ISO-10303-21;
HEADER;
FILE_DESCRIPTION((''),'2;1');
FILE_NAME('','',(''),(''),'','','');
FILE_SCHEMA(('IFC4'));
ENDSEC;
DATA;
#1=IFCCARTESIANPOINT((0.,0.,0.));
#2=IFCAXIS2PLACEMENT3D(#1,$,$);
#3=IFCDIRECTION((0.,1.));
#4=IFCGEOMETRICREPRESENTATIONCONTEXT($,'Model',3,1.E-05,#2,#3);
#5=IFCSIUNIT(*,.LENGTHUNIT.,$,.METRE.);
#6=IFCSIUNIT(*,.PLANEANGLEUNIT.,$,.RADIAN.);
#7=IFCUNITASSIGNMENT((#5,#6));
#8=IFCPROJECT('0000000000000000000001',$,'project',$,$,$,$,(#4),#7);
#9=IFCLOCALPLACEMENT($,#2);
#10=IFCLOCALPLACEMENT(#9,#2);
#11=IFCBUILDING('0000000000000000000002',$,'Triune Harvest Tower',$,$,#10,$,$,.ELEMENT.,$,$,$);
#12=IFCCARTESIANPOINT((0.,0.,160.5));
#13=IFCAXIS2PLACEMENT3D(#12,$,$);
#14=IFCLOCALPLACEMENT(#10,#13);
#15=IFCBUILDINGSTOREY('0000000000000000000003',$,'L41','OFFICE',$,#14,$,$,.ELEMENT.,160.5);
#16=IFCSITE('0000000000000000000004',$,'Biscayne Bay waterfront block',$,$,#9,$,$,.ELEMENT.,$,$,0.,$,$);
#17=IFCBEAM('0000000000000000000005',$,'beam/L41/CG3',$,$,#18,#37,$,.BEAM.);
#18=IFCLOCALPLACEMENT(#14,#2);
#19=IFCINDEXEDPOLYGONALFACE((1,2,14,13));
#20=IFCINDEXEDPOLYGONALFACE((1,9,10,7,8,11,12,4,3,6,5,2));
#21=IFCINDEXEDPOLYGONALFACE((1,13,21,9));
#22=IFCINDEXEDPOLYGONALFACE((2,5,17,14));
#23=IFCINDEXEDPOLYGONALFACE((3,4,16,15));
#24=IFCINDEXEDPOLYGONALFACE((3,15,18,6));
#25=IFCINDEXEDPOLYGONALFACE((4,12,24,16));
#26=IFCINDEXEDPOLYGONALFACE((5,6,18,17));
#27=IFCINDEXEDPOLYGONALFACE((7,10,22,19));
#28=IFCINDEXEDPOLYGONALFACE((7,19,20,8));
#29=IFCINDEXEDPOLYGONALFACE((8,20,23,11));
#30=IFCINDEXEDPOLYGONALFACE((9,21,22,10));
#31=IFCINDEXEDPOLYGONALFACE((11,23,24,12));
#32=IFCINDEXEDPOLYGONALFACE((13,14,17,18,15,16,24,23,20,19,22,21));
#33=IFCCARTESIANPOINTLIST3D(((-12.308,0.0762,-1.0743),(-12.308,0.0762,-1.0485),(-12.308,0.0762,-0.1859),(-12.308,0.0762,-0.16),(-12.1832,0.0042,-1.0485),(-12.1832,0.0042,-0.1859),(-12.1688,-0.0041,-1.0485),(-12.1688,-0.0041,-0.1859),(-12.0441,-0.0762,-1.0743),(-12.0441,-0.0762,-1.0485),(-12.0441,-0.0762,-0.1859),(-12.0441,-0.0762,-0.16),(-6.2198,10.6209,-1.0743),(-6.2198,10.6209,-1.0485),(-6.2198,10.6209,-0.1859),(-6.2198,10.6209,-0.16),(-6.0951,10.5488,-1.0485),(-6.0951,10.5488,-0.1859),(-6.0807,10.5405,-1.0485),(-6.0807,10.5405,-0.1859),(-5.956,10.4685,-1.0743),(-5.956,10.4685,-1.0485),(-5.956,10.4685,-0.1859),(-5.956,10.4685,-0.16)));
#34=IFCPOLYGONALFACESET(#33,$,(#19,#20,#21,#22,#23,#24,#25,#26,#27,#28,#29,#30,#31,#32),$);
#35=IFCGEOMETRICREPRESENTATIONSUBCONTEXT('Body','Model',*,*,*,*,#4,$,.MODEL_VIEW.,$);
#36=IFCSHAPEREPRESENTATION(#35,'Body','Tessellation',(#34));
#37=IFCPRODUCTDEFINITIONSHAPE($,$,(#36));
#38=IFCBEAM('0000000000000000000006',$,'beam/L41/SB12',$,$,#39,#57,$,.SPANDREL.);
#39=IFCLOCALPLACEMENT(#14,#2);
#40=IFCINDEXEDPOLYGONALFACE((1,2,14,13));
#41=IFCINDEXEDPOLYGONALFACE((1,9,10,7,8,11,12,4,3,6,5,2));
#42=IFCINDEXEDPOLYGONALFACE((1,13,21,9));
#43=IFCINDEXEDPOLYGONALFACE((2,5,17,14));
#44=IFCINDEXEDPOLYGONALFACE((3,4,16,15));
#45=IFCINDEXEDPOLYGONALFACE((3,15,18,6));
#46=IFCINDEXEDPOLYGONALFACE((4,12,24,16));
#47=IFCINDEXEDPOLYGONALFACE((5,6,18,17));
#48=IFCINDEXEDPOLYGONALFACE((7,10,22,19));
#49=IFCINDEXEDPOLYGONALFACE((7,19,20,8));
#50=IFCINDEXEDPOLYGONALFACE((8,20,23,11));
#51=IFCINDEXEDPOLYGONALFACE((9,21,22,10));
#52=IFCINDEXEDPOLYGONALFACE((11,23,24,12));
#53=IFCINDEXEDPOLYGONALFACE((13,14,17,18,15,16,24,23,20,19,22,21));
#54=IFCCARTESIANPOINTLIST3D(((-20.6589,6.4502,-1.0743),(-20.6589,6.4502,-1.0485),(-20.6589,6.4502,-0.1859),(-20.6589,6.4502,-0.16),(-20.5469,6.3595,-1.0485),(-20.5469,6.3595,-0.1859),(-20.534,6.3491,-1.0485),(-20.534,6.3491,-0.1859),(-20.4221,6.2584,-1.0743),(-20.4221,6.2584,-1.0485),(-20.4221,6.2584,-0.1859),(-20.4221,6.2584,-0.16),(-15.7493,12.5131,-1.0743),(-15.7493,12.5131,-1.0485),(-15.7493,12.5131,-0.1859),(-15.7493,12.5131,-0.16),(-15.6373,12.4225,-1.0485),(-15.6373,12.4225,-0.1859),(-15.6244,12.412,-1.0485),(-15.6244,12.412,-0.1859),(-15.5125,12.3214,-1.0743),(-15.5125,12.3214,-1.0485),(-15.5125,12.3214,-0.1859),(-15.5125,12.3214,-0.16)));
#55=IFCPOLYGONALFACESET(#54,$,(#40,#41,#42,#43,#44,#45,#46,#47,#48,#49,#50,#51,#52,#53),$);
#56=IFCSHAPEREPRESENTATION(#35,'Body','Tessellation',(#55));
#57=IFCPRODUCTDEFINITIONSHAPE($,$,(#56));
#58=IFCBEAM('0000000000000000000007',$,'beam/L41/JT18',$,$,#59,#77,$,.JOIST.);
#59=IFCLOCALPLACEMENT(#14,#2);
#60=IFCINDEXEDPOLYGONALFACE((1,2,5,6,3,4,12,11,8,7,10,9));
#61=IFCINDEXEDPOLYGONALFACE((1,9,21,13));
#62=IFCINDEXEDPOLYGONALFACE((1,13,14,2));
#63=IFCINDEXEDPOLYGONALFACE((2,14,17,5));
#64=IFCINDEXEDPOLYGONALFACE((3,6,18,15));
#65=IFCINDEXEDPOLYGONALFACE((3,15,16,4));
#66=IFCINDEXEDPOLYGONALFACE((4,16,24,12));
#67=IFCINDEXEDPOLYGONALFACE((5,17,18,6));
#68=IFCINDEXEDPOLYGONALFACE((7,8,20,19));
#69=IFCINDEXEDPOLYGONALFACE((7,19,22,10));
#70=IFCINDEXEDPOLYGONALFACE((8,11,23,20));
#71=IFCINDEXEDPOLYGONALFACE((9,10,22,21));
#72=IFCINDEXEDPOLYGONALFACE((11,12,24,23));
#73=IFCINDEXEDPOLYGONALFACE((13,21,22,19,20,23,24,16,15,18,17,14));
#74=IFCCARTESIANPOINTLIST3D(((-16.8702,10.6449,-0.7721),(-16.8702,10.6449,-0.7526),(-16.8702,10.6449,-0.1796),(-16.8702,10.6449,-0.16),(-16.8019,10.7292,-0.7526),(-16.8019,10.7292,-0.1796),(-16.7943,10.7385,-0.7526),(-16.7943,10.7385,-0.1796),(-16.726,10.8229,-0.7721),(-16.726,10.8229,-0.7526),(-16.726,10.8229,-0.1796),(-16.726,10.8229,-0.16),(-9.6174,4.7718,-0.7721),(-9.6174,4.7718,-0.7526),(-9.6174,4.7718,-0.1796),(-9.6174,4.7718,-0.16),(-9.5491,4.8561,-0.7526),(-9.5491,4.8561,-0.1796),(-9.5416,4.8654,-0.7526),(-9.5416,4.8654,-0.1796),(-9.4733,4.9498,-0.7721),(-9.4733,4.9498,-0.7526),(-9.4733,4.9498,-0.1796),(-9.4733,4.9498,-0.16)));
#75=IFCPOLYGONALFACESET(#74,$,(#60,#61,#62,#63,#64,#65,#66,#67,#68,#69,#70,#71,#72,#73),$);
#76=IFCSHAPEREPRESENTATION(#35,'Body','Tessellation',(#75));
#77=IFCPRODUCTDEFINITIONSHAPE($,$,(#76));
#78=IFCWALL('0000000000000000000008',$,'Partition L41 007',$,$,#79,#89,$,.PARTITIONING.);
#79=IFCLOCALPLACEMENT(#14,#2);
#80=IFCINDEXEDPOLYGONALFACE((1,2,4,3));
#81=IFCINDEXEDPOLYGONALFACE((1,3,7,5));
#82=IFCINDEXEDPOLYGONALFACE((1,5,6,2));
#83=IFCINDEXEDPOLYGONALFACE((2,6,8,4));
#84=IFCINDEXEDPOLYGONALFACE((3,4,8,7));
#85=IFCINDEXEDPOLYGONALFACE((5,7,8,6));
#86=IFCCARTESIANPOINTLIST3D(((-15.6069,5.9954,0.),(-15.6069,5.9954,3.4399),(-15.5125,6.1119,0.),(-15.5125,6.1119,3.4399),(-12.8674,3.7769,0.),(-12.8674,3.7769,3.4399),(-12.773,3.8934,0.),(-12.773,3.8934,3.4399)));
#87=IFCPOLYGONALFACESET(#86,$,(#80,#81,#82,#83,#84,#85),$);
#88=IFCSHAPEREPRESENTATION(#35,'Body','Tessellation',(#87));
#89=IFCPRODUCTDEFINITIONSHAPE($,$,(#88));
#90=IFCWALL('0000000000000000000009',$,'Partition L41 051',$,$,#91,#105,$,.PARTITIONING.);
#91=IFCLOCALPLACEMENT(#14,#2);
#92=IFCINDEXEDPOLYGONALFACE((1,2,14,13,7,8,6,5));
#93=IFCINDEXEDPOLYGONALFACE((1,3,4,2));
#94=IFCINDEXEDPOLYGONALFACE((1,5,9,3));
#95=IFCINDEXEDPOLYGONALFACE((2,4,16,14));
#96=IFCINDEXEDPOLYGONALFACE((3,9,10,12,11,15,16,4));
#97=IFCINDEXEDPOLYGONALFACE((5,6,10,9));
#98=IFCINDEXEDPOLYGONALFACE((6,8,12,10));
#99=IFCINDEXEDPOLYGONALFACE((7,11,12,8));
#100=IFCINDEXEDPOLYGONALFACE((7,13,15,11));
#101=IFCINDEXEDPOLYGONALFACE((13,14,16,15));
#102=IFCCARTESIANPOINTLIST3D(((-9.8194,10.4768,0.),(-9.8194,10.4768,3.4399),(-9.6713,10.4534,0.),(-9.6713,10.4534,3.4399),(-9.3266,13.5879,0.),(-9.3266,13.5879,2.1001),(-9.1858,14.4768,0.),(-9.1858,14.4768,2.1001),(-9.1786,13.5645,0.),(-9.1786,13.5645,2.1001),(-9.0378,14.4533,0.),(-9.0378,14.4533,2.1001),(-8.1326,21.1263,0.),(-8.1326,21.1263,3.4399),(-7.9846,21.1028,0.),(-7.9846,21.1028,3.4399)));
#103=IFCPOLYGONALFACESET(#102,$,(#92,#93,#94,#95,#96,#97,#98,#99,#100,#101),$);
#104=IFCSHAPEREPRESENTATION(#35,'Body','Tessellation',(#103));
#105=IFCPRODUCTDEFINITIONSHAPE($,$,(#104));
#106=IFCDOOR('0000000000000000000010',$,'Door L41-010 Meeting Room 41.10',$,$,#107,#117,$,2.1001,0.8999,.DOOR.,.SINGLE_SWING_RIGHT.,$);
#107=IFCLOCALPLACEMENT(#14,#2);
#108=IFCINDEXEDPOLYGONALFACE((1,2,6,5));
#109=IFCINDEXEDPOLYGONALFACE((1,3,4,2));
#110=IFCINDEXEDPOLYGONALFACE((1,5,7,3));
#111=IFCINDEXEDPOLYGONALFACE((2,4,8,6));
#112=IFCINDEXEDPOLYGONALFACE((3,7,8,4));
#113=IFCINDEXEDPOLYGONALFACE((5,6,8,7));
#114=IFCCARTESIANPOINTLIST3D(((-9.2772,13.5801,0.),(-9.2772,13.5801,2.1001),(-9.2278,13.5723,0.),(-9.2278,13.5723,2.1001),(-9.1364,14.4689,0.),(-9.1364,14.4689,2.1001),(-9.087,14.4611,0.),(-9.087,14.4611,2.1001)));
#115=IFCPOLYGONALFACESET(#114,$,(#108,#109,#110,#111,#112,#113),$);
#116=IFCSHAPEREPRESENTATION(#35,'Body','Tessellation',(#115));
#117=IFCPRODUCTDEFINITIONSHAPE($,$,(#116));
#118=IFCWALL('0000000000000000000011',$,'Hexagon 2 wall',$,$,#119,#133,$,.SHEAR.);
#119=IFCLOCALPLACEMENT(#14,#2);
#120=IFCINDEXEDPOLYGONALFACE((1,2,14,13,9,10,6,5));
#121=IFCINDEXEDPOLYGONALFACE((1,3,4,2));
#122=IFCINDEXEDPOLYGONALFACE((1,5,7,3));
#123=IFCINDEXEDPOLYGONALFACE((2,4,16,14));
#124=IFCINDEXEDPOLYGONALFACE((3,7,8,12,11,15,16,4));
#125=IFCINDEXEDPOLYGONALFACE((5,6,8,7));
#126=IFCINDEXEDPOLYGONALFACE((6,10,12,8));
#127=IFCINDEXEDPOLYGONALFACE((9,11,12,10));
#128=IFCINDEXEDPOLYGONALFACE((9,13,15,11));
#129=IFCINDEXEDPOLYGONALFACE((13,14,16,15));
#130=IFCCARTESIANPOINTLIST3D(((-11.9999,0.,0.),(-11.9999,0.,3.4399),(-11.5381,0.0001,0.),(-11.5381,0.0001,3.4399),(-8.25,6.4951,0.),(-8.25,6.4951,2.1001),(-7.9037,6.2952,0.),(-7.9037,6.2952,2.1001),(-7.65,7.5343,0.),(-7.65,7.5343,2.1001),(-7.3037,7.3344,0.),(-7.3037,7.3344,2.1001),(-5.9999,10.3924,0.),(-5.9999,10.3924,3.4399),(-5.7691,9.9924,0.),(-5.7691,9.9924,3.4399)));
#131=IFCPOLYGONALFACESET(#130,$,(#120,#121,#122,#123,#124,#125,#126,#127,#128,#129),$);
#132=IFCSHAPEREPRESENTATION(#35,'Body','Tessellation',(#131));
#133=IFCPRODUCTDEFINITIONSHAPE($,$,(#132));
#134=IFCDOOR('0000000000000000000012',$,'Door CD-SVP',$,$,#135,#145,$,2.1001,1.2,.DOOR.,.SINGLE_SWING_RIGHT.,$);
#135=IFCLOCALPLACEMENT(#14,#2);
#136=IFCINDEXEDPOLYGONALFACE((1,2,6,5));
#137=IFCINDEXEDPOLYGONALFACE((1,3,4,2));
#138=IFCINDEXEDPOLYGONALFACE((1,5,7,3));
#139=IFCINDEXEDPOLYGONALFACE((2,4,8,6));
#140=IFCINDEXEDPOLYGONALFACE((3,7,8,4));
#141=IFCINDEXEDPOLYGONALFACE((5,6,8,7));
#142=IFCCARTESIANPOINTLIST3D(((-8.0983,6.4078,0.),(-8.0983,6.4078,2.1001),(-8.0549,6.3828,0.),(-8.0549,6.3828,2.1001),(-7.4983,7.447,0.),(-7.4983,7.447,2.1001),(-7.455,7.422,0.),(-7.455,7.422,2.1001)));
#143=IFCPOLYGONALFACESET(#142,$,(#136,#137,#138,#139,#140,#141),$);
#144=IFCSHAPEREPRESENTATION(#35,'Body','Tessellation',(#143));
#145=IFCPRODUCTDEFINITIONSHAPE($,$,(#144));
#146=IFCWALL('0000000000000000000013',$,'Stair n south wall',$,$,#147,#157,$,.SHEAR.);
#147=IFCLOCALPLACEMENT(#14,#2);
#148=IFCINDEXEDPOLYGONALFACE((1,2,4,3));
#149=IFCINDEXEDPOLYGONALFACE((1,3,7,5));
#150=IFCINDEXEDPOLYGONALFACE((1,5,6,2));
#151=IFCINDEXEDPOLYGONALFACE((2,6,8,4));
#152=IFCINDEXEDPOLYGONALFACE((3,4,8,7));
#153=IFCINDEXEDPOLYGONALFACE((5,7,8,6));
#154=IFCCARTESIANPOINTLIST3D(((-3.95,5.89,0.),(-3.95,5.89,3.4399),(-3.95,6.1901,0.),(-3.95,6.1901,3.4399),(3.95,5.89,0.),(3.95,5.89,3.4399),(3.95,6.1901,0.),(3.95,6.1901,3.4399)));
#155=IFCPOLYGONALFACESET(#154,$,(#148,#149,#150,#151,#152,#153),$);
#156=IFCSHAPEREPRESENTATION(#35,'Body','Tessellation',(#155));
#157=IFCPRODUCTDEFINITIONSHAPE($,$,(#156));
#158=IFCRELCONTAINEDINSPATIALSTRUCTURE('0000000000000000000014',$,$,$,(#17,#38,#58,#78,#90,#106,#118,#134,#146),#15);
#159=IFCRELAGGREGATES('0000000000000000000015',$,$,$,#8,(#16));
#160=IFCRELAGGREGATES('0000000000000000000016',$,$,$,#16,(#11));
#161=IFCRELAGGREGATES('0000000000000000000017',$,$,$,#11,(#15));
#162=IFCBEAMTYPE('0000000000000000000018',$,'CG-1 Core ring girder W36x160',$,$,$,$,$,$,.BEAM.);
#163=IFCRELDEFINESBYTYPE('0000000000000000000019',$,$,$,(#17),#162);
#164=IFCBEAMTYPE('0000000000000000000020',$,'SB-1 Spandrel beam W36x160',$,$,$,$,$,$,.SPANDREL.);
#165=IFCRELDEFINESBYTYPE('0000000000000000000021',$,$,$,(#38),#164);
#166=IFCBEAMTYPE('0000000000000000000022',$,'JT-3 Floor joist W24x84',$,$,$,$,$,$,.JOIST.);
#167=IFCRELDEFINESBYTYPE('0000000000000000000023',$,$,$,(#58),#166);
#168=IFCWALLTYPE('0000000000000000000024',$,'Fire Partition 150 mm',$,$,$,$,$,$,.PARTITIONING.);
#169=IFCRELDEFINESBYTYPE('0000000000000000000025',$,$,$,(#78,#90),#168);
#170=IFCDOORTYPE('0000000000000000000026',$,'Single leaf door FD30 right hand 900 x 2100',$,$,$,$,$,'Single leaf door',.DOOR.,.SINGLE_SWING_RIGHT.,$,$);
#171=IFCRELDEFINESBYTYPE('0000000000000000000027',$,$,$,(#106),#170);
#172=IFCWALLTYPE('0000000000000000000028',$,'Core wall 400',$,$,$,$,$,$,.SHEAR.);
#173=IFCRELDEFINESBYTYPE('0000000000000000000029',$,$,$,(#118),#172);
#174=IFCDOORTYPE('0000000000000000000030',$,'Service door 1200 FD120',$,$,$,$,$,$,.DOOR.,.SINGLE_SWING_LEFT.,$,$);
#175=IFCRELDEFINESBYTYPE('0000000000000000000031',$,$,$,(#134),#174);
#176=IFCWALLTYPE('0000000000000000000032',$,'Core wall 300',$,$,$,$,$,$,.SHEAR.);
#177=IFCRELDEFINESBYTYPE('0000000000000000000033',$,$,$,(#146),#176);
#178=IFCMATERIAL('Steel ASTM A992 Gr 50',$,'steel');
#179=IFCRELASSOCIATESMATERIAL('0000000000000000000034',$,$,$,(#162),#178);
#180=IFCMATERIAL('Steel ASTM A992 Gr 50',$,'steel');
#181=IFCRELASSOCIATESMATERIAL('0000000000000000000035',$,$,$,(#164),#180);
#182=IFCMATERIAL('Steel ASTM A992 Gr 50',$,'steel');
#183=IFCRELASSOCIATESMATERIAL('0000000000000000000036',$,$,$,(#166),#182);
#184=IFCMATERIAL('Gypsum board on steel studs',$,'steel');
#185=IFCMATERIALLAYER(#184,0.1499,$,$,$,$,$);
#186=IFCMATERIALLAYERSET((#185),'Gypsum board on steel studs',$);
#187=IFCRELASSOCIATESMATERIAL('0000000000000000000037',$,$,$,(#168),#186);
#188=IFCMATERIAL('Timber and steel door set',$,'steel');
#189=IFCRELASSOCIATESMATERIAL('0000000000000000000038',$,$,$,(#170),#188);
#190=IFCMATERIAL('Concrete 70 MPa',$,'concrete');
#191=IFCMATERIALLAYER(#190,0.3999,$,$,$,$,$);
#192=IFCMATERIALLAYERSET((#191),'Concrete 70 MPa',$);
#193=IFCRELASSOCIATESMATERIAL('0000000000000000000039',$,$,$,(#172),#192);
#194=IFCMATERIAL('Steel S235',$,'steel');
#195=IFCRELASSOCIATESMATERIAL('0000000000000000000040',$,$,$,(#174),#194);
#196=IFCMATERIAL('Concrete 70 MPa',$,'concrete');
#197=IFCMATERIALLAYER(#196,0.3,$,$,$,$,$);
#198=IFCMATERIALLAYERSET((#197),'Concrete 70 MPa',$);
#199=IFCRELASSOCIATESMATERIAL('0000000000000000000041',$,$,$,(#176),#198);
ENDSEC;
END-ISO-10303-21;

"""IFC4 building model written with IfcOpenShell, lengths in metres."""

from ifc_helpers import new_model, si_unit, direction, frame, frame_2d, origin, origin_2d, place, context, subcontext, project, spatial, polyline, rectangle, i_section, outline, extrude, source, transform, mapped, material, layer, layer_set, material_profile, profile_set, type_object, element, fill, save


model = new_model("IFC4")

# Units and contexts
model_context = context("Model", 3, precision=1e-05, world=origin(), true_north=direction((0.0, 1.0)))
body_context = subcontext(model_context, "Body", "Model", "MODEL_VIEW")
ifc_project = project(units=[si_unit("LENGTHUNIT", "METRE"), si_unit("PLANEANGLEUNIT", "RADIAN")], contexts=[model_context])

# Site, building, storey
site_placement = place(None, origin())
site = spatial("IfcSite", under=ifc_project, at=site_placement, Name="Biscayne Bay waterfront block", CompositionType="ELEMENT", RefElevation=0.0)
building_placement = place(site_placement, origin())
building = spatial("IfcBuilding", under=site, at=building_placement, Name="Triune Harvest Tower", CompositionType="ELEMENT")
storey_placement = place(building_placement, frame((0.0, 0.0, 160.5)))
storey = spatial("IfcBuildingStorey", under=building, at=storey_placement, Name="L41", Description="OFFICE", CompositionType="ELEMENT", Elevation=160.5)

# Beams
ifc_material_1 = material(Name="Steel ASTM A992 Gr 50", Category="steel")
ifc_material_profile_1 = material_profile(ifc_material_1, i_section(OverallWidth=0.3047, OverallDepth=0.9143, WebThickness=0.0166, FlangeThickness=0.0259, at=origin_2d()), Name="W36x160")
ifc_profile_set_1 = profile_set([ifc_material_profile_1], Name="Steel ASTM A992 Gr 50")
beam_type_1 = type_object("IfcBeamType", Name="CG-1 Core ring girder W36x160", PredefinedType="BEAM", material=ifc_profile_set_1)
shared_shape_1 = source(origin(), body_context, "Body", "SweptSolid", [
    extrude(i_section(OverallWidth=0.3047, OverallDepth=0.9143, WebThickness=0.0166, FlangeThickness=0.0259, at=origin_2d()), origin(), (0.0, 0.0, 1.0), 12.176),
])
beam_1_placement = place(storey_placement, frame((-6.0879, 10.5447, -0.6172), z_axis=(-0.50001, -0.86602, 0.0), x_axis=(0.86602, -0.50001, 0.0)))
element("IfcBeam", 1, at=beam_1_placement, inside=storey, type_object=beam_type_1, Name="beam/L41/CG3", PredefinedType="BEAM", context=body_context, shape_type="MappedRepresentation", body=[
    mapped(shared_shape_1, transform((0.0, 0.0, 0.0), scale=1.0)),
])
ifc_material_2 = material(Name="Steel ASTM A992 Gr 50", Category="steel")
ifc_material_profile_2 = material_profile(ifc_material_2, i_section(OverallWidth=0.3047, OverallDepth=0.9143, WebThickness=0.0166, FlangeThickness=0.0259, at=origin_2d()), Name="W36x160")
ifc_profile_set_2 = profile_set([ifc_material_profile_2], Name="Steel ASTM A992 Gr 50")
beam_type_2 = type_object("IfcBeamType", Name="SB-1 Spandrel beam W36x160", PredefinedType="SPANDREL", material=ifc_profile_set_2)
shared_shape_2 = source(origin(), body_context, "Body", "SweptSolid", [
    extrude(i_section(OverallWidth=0.3047, OverallDepth=0.9143, WebThickness=0.0166, FlangeThickness=0.0259, at=origin_2d()), origin(), (0.0, 0.0, 1.0), 7.8015),
])
beam_2_placement = place(storey_placement, frame((-15.6309, 12.4172, -0.6172), z_axis=(-0.629317, -0.777149, 0.0), x_axis=(0.777149, -0.629317, 0.0)))
element("IfcBeam", 2, at=beam_2_placement, inside=storey, type_object=beam_type_2, Name="beam/L41/SB12", PredefinedType="SPANDREL", context=body_context, shape_type="MappedRepresentation", body=[
    mapped(shared_shape_2, transform((0.0, 0.0, 0.0), scale=1.0)),
])
ifc_material_3 = material(Name="Steel ASTM A992 Gr 50", Category="steel")
ifc_material_profile_3 = material_profile(ifc_material_3, i_section(OverallWidth=0.229, OverallDepth=0.6121, WebThickness=0.012, FlangeThickness=0.0195, at=origin_2d()), Name="W24x84")
ifc_profile_set_3 = profile_set([ifc_material_profile_3], Name="Steel ASTM A992 Gr 50")
beam_type_3 = type_object("IfcBeamType", Name="JT-3 Floor joist W24x84", PredefinedType="JOIST", material=ifc_profile_set_3)
shared_shape_3 = source(origin(), body_context, "Body", "SweptSolid", [
    extrude(i_section(OverallWidth=0.229, OverallDepth=0.6121, WebThickness=0.012, FlangeThickness=0.0195, at=origin_2d()), origin(), (0.0, 0.0, 1.0), 9.3325),
])
beam_3_placement = place(storey_placement, frame((-16.7981, 10.7339, -0.4661), z_axis=(0.777149, -0.629316, 0.0), x_axis=(0.629316, 0.777149, 0.0)))
element("IfcBeam", 3, at=beam_3_placement, inside=storey, type_object=beam_type_3, Name="beam/L41/JT18", PredefinedType="JOIST", context=body_context, shape_type="MappedRepresentation", body=[
    mapped(shared_shape_3, transform((0.0, 0.0, 0.0), scale=1.0)),
])

# Wall
ifc_material_4 = material(Name="Gypsum board on steel studs", Category="steel")
ifc_layer_1 = layer(ifc_material_4, 0.1499)
ifc_layer_set_1 = layer_set([ifc_layer_1], Name="Gypsum board on steel studs")
wall_type_1 = type_object("IfcWallType", Name="Fire Partition 150 mm", PredefinedType="PARTITIONING", material=ifc_layer_set_1)
wall_1_placement = place(storey_placement, frame((-15.5598, 6.0537, 0.0), z_axis=(0.0, 0.0, 1.0), x_axis=(0.777132, -0.629338, 0.0)))
element("IfcWall", 4, at=wall_1_placement, inside=storey, type_object=wall_type_1, Name="Partition L41 007", PredefinedType="PARTITIONING", context=body_context, shape_type="SweptSolid", body=[
    extrude(rectangle(XDim=3.5251, YDim=0.1499, at=frame_2d((1.7627, 0.0))), origin(), (0.0, 0.0, 1.0), 3.4399),
])

# Walls, openings, doors
wall_2_placement = place(storey_placement, frame((-9.7454, 10.4651, 0.0), z_axis=(0.0, 0.0, 1.0), x_axis=(0.15644, 0.987687, 0.0)))
wall_2 = element("IfcWall", 5, at=wall_2_placement, inside=storey, type_object=wall_type_1, Name="Partition L41 051", PredefinedType="PARTITIONING", context=body_context, shape_type="SweptSolid", body=[
    extrude(rectangle(XDim=10.7822, YDim=0.1499, at=frame_2d((5.3911, 0.0))), origin(), (0.0, 0.0, 1.0), 3.4399),
])
opening_1_placement = place(wall_2_placement, frame((3.1499, 0.0, 0.0)))
opening_1 = element("IfcOpeningElement", 6, at=opening_1_placement, cuts=wall_2, PredefinedType="OPENING", context=body_context, shape_type="SweptSolid", body=[
    extrude(rectangle(XDim=0.8999, YDim=2.1001, at=frame_2d((0.45, 1.05))), frame((0.0, 0.085, 0.0), z_axis=(0.0, -1.0, 0.0), x_axis=(1.0, 0.0, 0.0)), (0.0, 0.0, 1.0), 0.1699),
])
ifc_material_5 = material(Name="Timber and steel door set", Category="steel")
door_type_1 = type_object("IfcDoorType", Name="Single leaf door FD30 right hand 900 x 2100", ElementType="Single leaf door", OperationType="SINGLE_SWING_RIGHT", PredefinedType="DOOR", material=ifc_material_5)
door_1_placement = place(opening_1_placement, origin())
door_1 = element("IfcDoor", 7, at=door_1_placement, inside=storey, type_object=door_type_1, Name="Door L41-010 Meeting Room 41.10", OperationType="SINGLE_SWING_RIGHT", OverallHeight=2.1001, OverallWidth=0.8999, PredefinedType="DOOR", context=body_context, shape_type="SweptSolid", body=[
    extrude(rectangle(XDim=0.8999, YDim=2.1001, at=frame_2d((0.45, 1.05))), frame((0.0, 0.0249, 0.0), z_axis=(0.0, -1.0, 0.0), x_axis=(1.0, 0.0, 0.0)), (0.0, 0.0, 1.0), 0.05),
])
fill(opening_1, door_1)
ifc_material_6 = material(Name="Concrete 70 MPa", Category="concrete")
ifc_layer_2 = layer(ifc_material_6, 0.3999)
ifc_layer_set_2 = layer_set([ifc_layer_2], Name="Concrete 70 MPa")
wall_type_2 = type_object("IfcWallType", Name="Core wall 400", PredefinedType="SHEAR", material=ifc_layer_set_2)
shared_shape_4 = source(origin(), body_context, "Body", "SweptSolid", [
    extrude(outline(polyline([(-0.1155, -0.2), (11.8845, -0.2), (11.6536, 0.2), (0.1155, 0.2), (-0.1155, -0.2)])), origin(), (0.0, 0.0, 1.0), 3.4399),
])
wall_3_placement = place(storey_placement, frame((-5.8845, 10.1924, 0.0), z_axis=(0.0, 0.0, 1.0), x_axis=(-0.499997, -0.866027, 0.0)))
wall_3 = element("IfcWall", 8, at=wall_3_placement, inside=storey, type_object=wall_type_2, Name="Hexagon 2 wall", PredefinedType="SHEAR", context=body_context, shape_type="MappedRepresentation", body=[
    mapped(shared_shape_4, transform((0.0, 0.0, 0.0), scale=1.0)),
])
opening_2_placement = place(wall_3_placement, frame((3.1846, 0.0, 0.0)))
opening_2 = element("IfcOpeningElement", 9, at=opening_2_placement, cuts=wall_3, PredefinedType="OPENING", context=body_context, shape_type="SweptSolid", body=[
    extrude(rectangle(XDim=1.2, YDim=2.1001, at=frame_2d((0.6001, 1.05))), frame((0.0, 0.21, 0.0), z_axis=(0.0, -1.0, 0.0), x_axis=(1.0, 0.0, 0.0)), (0.0, 0.0, 1.0), 0.4199),
])
ifc_material_7 = material(Name="Steel S235", Category="steel")
door_type_2 = type_object("IfcDoorType", Name="Service door 1200 FD120", OperationType="SINGLE_SWING_LEFT", PredefinedType="DOOR", material=ifc_material_7)
door_2_placement = place(opening_2_placement, frame((1.2, 0.0, 0.0), z_axis=(0.0, 0.0, 1.0), x_axis=(-1.0, 0.0, 0.0)))
door_2 = element("IfcDoor", 10, at=door_2_placement, inside=storey, type_object=door_type_2, Name="Door CD-SVP", OperationType="SINGLE_SWING_RIGHT", OverallHeight=2.1001, OverallWidth=1.2, PredefinedType="DOOR", context=body_context, shape_type="SweptSolid", body=[
    extrude(rectangle(XDim=1.2, YDim=2.1001, at=frame_2d((0.6001, 1.05))), frame((0.0, 0.0249, 0.0), z_axis=(0.0, -1.0, 0.0), x_axis=(1.0, 0.0, 0.0)), (0.0, 0.0, 1.0), 0.05),
])
fill(opening_2, door_2)

# Wall
ifc_material_8 = material(Name="Concrete 70 MPa", Category="concrete")
ifc_layer_3 = layer(ifc_material_8, 0.3)
ifc_layer_set_3 = layer_set([ifc_layer_3], Name="Concrete 70 MPa")
wall_type_3 = type_object("IfcWallType", Name="Core wall 300", PredefinedType="SHEAR", material=ifc_layer_set_3)
shared_shape_5 = source(origin(), body_context, "Body", "SweptSolid", [
    extrude(rectangle(XDim=7.8999, YDim=0.3, at=frame_2d((3.95, 0.0))), origin(), (0.0, 0.0, 1.0), 3.4399),
])
wall_4_placement = place(storey_placement, frame((-3.95, 6.04, 0.0), z_axis=(0.0, 0.0, 1.0), x_axis=(1.0, 0.0, 0.0)))
element("IfcWall", 11, at=wall_4_placement, inside=storey, type_object=wall_type_3, Name="Stair n south wall", PredefinedType="SHEAR", context=body_context, shape_type="MappedRepresentation", body=[
    mapped(shared_shape_5, transform((0.0, 0.0, 0.0), scale=1.0)),
])

save(model, "model.ifc")
